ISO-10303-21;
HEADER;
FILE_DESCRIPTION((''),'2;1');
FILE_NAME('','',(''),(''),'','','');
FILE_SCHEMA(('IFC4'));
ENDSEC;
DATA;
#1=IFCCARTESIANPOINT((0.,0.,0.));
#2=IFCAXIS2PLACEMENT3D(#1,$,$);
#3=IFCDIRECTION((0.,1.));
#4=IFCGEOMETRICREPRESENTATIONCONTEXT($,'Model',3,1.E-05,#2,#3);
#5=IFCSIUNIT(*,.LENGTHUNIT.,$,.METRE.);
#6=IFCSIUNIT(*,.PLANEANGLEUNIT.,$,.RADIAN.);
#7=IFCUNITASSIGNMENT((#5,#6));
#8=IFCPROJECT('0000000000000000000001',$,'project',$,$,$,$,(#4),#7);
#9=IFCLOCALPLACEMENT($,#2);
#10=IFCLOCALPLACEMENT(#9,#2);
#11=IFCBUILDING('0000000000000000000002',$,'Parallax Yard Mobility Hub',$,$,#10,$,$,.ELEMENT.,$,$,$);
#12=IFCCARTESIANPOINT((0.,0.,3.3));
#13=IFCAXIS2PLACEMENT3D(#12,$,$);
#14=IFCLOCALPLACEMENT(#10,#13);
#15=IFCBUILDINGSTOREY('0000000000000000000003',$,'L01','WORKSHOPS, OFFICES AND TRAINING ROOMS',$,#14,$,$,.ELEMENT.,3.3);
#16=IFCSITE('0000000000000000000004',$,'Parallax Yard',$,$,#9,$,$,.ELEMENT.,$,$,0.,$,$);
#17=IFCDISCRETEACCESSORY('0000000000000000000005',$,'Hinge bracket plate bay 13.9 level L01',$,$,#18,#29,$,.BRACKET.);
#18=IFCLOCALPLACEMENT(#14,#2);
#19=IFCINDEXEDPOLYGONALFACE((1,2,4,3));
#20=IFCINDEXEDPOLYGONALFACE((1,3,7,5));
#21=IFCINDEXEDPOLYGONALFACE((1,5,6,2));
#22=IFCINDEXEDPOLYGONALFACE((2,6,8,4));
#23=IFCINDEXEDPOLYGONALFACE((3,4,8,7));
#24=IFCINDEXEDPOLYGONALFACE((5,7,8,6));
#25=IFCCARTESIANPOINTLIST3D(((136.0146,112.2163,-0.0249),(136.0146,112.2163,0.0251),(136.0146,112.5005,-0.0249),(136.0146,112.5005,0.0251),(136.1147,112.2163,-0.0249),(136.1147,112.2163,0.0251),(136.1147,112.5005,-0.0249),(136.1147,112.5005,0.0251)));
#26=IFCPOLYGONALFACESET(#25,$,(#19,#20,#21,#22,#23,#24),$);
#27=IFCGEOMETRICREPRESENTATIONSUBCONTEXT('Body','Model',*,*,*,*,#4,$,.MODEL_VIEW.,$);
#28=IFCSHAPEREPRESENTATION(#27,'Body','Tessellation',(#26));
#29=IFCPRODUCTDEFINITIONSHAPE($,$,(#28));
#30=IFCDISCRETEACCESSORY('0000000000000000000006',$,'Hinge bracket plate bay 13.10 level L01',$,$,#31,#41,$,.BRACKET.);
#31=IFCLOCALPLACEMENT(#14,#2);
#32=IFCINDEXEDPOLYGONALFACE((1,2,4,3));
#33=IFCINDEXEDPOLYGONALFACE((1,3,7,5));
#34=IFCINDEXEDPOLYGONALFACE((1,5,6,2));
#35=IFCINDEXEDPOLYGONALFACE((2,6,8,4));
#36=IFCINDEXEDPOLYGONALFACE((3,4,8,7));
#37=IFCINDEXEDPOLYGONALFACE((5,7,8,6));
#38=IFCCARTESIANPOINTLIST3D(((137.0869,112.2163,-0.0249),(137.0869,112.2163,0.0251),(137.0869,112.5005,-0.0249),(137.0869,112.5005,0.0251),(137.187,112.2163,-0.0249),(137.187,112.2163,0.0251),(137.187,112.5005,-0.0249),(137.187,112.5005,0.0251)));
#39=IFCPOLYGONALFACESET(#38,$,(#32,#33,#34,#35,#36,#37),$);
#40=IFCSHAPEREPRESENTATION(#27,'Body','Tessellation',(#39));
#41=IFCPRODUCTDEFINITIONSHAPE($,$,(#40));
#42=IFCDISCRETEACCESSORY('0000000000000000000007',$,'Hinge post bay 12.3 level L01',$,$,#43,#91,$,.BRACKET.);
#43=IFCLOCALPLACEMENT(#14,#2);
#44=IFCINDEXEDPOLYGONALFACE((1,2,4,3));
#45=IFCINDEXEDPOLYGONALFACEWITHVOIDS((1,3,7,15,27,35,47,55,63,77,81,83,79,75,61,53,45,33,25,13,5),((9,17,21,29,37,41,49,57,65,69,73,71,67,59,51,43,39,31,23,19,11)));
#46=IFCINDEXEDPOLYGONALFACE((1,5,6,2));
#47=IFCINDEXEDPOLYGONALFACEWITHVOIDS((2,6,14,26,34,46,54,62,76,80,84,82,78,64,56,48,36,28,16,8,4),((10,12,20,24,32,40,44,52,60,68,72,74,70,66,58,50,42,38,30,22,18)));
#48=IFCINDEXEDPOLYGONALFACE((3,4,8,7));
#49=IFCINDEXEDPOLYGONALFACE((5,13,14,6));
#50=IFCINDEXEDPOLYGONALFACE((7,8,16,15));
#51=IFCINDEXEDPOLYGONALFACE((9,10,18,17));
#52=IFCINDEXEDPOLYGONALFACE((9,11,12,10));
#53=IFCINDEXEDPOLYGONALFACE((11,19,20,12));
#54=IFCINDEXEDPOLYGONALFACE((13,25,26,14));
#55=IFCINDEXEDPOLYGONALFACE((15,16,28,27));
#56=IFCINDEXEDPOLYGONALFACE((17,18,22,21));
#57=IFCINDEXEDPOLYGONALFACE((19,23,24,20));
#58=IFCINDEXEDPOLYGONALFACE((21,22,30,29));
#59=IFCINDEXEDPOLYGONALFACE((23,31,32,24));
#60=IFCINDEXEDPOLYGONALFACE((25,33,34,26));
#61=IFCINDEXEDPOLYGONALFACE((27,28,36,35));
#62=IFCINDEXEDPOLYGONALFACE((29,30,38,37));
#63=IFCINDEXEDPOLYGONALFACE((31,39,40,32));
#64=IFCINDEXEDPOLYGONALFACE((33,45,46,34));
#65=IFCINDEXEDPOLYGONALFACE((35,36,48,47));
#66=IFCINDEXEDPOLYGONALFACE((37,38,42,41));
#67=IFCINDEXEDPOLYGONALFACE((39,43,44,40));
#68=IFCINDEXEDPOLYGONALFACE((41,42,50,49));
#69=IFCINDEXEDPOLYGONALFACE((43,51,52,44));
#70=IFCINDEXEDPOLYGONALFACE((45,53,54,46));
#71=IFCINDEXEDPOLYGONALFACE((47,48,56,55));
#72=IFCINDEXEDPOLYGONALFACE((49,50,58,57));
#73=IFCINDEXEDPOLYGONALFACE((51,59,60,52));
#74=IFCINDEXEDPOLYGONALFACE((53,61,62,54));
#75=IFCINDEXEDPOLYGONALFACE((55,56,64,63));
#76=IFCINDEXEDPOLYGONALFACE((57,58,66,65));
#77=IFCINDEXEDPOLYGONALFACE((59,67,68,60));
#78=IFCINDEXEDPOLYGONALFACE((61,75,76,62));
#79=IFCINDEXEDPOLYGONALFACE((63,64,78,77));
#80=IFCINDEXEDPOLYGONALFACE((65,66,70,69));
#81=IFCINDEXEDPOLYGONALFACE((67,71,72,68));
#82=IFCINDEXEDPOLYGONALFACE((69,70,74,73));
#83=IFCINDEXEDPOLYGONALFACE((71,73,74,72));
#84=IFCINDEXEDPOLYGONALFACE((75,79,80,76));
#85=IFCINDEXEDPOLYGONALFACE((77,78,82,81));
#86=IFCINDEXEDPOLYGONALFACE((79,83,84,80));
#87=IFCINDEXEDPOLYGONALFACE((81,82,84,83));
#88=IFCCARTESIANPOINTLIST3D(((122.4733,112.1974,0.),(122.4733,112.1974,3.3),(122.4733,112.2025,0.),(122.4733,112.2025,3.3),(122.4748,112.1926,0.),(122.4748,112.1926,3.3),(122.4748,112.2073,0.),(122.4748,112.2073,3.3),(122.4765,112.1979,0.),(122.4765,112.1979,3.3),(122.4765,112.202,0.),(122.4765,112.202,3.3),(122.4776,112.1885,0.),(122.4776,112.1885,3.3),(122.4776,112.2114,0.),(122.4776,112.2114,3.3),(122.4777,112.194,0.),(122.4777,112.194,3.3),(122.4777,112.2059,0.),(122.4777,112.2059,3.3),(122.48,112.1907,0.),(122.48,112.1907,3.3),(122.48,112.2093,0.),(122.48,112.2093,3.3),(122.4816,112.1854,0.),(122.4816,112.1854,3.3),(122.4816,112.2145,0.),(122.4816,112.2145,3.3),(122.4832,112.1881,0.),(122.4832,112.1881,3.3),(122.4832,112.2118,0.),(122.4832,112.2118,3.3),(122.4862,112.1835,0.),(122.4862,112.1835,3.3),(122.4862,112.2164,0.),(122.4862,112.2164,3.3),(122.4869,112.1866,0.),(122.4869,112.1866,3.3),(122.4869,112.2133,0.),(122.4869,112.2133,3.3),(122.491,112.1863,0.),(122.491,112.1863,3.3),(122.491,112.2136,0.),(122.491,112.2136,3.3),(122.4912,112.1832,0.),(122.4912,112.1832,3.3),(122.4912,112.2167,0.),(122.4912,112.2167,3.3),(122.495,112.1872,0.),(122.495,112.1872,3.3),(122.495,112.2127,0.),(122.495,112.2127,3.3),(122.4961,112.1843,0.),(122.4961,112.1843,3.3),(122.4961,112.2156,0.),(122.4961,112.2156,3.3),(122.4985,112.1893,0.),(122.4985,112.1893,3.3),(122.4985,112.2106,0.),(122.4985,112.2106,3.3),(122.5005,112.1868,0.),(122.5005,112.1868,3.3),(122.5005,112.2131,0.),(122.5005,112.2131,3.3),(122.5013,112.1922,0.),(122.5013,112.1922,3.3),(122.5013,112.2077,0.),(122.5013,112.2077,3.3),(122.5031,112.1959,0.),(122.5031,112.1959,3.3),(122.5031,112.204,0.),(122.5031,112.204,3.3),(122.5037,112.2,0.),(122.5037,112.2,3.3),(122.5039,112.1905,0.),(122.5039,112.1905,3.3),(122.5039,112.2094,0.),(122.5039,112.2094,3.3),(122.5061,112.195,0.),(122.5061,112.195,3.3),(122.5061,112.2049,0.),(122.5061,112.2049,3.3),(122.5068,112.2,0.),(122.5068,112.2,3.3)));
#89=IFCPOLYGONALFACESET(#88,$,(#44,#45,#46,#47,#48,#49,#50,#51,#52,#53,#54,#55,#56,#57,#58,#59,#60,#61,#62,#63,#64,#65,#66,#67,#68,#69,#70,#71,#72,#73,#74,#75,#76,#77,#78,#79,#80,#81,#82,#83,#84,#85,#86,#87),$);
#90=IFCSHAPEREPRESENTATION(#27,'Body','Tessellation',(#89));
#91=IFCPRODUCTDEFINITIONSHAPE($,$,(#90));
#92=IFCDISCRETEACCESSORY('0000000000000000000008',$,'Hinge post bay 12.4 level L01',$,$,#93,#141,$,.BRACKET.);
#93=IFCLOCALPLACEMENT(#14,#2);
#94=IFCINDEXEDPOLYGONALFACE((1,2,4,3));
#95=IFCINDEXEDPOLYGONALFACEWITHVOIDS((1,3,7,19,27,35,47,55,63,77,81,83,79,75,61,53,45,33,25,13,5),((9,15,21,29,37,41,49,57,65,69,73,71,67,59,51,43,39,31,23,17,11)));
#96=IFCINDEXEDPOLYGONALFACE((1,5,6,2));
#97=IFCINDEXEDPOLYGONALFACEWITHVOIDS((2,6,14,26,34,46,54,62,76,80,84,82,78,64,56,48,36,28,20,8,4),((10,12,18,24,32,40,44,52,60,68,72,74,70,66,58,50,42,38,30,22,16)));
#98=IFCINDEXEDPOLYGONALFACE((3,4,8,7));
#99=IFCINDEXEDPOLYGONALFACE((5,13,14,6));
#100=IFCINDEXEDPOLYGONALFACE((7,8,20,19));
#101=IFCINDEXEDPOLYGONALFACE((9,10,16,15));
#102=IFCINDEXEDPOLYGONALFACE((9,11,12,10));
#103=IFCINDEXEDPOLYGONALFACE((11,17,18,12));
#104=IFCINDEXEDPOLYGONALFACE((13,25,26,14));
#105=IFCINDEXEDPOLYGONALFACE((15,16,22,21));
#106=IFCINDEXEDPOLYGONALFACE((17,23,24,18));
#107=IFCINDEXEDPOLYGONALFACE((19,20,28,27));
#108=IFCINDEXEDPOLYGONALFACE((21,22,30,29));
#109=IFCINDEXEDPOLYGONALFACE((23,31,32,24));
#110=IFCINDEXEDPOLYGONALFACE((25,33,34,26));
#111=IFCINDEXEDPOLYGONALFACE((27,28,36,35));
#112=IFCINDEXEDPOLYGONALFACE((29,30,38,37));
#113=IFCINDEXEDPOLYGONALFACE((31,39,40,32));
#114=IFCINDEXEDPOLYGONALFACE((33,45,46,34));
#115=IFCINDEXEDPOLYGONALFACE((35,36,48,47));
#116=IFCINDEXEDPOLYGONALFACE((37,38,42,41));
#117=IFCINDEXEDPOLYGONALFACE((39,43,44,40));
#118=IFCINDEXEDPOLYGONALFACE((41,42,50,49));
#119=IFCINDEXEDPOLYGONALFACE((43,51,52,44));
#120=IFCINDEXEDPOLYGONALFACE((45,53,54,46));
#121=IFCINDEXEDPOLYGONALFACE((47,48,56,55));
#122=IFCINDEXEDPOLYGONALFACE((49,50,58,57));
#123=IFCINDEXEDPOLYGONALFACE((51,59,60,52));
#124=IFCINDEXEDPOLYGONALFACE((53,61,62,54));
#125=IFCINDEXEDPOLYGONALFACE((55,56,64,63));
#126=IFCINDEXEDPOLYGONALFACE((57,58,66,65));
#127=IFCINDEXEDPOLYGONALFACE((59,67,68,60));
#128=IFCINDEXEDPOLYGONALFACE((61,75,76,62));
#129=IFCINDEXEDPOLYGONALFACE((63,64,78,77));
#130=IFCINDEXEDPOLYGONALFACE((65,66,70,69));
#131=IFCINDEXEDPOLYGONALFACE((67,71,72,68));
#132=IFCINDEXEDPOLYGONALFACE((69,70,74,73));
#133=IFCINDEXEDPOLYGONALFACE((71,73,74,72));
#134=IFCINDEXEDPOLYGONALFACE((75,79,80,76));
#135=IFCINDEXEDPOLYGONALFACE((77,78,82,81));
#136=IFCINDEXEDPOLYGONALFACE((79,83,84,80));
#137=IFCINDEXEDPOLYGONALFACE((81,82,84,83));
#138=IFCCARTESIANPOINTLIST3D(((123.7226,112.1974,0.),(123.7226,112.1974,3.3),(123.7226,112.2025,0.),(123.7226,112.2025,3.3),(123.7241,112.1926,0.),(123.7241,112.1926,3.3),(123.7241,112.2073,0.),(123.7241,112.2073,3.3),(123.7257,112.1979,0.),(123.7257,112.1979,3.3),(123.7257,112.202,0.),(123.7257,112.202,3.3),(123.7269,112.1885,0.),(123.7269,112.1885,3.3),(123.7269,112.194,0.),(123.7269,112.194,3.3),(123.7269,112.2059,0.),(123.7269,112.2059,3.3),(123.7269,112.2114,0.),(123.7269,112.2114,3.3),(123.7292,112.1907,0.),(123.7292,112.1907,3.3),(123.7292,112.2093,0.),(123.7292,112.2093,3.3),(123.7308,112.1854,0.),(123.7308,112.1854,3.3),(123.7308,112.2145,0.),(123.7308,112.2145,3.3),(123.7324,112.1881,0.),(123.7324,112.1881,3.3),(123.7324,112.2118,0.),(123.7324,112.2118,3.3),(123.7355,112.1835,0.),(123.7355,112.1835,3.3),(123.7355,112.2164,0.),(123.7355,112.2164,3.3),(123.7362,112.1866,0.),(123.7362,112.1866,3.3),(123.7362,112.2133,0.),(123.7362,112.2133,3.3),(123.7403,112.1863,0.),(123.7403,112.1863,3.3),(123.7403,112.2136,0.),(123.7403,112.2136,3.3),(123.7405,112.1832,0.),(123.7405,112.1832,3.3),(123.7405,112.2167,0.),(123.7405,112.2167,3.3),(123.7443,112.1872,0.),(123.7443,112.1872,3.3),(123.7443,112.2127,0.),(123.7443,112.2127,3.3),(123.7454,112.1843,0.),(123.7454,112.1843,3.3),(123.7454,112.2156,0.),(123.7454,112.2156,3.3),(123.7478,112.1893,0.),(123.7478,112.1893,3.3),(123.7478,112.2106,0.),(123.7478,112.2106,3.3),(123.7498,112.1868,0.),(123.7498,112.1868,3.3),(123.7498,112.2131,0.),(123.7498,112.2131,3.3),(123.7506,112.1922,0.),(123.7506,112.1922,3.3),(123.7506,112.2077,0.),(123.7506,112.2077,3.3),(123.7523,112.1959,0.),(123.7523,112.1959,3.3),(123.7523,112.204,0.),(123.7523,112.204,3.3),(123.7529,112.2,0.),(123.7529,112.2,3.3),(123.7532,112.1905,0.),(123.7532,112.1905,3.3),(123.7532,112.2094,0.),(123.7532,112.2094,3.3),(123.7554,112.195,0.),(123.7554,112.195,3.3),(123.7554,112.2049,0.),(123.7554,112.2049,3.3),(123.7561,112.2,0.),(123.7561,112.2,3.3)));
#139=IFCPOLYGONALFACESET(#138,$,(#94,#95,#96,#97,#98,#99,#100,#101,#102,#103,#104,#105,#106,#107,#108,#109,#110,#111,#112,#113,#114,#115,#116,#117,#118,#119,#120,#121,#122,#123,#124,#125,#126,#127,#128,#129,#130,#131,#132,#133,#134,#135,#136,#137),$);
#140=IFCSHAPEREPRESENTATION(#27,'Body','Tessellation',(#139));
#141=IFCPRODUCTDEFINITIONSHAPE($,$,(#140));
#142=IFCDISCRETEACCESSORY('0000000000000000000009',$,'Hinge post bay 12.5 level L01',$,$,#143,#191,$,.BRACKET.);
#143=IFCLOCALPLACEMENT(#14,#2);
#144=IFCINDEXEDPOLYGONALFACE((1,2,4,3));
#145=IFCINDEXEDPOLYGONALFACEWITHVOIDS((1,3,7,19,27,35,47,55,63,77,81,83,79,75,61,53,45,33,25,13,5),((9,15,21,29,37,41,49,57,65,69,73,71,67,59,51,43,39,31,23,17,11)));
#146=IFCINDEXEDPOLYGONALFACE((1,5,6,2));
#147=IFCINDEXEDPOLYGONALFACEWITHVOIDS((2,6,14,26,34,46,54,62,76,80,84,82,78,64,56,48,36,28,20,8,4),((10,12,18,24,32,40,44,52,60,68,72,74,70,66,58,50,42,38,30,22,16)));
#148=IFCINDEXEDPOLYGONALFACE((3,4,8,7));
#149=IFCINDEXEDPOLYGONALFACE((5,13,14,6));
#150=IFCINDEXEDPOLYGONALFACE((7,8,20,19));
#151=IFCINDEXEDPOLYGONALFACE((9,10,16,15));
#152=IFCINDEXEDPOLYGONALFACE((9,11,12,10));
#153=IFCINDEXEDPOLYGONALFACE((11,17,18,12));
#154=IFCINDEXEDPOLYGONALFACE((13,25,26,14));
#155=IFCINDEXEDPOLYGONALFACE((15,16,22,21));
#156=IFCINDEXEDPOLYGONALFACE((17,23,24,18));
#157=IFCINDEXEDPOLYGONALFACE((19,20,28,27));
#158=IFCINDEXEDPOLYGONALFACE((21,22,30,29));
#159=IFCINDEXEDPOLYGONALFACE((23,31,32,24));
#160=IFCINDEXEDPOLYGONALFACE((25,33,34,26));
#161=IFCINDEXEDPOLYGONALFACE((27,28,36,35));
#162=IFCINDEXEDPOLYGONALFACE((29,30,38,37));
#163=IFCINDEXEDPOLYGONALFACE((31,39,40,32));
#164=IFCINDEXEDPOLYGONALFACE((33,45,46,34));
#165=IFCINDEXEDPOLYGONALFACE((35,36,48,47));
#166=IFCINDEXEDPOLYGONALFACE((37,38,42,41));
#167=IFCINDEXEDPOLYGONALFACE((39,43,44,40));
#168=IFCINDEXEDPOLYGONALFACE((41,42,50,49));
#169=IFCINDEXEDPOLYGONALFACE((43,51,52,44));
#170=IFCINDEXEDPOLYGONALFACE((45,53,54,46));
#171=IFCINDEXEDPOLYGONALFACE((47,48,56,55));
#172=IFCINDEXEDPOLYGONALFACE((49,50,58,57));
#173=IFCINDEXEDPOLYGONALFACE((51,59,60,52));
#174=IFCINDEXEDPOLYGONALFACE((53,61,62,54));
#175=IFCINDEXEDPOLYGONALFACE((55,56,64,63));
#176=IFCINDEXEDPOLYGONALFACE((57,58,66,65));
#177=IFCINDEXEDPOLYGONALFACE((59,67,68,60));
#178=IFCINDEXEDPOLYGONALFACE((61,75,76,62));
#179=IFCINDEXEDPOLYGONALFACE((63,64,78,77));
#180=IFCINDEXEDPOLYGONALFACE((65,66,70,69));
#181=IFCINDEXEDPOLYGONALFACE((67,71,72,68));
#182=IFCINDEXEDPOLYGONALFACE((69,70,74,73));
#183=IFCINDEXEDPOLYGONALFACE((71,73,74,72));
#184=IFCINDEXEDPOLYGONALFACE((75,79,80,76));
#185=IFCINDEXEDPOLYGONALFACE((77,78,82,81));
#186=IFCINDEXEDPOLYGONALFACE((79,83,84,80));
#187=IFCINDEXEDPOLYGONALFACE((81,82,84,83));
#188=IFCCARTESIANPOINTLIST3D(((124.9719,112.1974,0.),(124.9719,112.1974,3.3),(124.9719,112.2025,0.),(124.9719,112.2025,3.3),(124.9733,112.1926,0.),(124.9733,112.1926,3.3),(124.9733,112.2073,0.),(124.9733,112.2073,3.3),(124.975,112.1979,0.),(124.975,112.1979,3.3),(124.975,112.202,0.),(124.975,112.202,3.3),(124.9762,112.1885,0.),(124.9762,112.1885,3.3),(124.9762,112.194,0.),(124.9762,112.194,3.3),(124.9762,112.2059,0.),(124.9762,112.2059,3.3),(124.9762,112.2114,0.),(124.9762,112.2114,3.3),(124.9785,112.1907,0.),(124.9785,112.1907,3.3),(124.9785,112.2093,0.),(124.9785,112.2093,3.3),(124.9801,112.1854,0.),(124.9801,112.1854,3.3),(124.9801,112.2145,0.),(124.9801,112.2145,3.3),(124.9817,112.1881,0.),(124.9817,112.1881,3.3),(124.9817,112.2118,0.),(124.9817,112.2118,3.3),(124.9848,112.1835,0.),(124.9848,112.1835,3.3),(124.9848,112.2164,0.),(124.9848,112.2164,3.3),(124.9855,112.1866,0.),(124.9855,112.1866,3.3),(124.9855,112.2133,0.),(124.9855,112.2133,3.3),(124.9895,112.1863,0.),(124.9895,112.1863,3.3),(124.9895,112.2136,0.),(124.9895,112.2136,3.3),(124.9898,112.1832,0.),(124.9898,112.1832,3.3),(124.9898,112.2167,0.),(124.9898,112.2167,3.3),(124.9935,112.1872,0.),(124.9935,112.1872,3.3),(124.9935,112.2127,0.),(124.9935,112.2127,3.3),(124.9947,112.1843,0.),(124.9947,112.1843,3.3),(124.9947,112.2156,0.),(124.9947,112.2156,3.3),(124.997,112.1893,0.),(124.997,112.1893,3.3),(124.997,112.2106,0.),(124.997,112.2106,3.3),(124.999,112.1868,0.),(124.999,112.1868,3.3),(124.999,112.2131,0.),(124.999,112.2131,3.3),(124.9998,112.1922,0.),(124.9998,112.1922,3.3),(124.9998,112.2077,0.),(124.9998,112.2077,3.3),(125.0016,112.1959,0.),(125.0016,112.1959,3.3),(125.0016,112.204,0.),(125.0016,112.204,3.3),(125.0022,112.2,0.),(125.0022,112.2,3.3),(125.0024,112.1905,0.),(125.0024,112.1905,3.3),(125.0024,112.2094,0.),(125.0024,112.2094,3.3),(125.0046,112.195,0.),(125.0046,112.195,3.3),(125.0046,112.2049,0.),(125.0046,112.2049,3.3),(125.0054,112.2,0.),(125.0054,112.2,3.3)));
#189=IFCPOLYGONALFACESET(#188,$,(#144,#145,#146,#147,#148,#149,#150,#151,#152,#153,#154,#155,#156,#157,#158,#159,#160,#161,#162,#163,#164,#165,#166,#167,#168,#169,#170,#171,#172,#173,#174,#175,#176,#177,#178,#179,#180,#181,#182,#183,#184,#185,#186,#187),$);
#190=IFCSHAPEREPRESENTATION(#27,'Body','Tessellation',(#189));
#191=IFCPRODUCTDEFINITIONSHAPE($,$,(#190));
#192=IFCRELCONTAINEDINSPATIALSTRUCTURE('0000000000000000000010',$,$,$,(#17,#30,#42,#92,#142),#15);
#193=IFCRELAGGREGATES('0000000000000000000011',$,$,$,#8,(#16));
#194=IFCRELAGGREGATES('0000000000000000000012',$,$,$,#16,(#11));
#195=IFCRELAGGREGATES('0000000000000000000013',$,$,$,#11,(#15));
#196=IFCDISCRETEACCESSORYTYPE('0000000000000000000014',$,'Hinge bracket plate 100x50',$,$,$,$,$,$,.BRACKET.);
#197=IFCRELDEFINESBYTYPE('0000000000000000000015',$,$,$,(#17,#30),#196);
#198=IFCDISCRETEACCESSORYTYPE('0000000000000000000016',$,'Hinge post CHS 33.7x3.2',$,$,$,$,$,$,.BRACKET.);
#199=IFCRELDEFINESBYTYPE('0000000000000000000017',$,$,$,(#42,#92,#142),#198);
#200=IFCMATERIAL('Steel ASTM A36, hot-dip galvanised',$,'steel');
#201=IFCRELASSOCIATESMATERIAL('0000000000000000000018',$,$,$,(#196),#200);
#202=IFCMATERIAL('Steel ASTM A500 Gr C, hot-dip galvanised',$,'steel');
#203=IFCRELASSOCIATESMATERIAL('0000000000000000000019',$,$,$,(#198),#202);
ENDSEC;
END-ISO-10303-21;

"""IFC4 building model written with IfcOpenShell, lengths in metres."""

from ifc_helpers import new_model, si_unit, direction, frame, origin, origin_2d, place, context, subcontext, project, spatial, rectangle, hollow_circle, extrude, material, material_profile, profile_set, type_object, element, save


model = new_model("IFC4")

# Units and contexts
model_context = context("Model", 3, precision=1e-05, world=origin(), true_north=direction((0.0, 1.0)))
body_context = subcontext(model_context, "Body", "Model", "MODEL_VIEW")
ifc_project = project(units=[si_unit("LENGTHUNIT", "METRE"), si_unit("PLANEANGLEUNIT", "RADIAN")], contexts=[model_context])

# Site, building, storey
site_placement = place(None, origin())
site = spatial("IfcSite", under=ifc_project, at=site_placement, Name="Parallax Yard", CompositionType="ELEMENT", RefElevation=0.0)
building_placement = place(site_placement, origin())
building = spatial("IfcBuilding", under=site, at=building_placement, Name="Parallax Yard Mobility Hub", CompositionType="ELEMENT")
storey_placement = place(building_placement, frame((0.0, 0.0, 3.3)))
storey = spatial("IfcBuildingStorey", under=building, at=storey_placement, Name="L01", Description="WORKSHOPS, OFFICES AND TRAINING ROOMS", CompositionType="ELEMENT", Elevation=3.3)

# Discrete accessories
ifc_material_1 = material(Name="Steel ASTM A36, hot-dip galvanised", Category="steel")
discrete_accessory_type_1 = type_object("IfcDiscreteAccessoryType", Name="Hinge bracket plate 100x50", PredefinedType="BRACKET", material=ifc_material_1)
for number, where, z_axis, x_axis, name in (
    (1, (136.0647, 112.3584, -0.0249), (0.0, 0.0, 1.0), (0.0, -1.0, 0.0), "Hinge bracket plate bay 13.9 level L01"),
    (2, (137.137, 112.3584, -0.0249), (0.0, 0.0, 1.0), (0.0, -1.0, 0.0), "Hinge bracket plate bay 13.10 level L01"),
):
    element("IfcDiscreteAccessory", number, at=place(storey_placement, frame(where, z_axis=z_axis, x_axis=x_axis)), inside=storey, type_object=discrete_accessory_type_1, Name=name, PredefinedType="BRACKET", context=body_context, shape_type="SweptSolid", body=[
        extrude(rectangle(XDim=0.2842, YDim=0.1001, at=origin_2d()), origin(), (0.0, 0.0, 1.0), 0.05),
    ])
ifc_material_2 = material(Name="Steel ASTM A500 Gr C, hot-dip galvanised", Category="steel")
ifc_material_profile_1 = material_profile(ifc_material_2, hollow_circle(Radius=0.0168, WallThickness=0.0032, at=origin_2d()), Name="CHS 33.7x3.2")
ifc_profile_set_1 = profile_set([ifc_material_profile_1], Name="Steel ASTM A500 Gr C, hot-dip galvanised")
discrete_accessory_type_2 = type_object("IfcDiscreteAccessoryType", Name="Hinge post CHS 33.7x3.2", PredefinedType="BRACKET", material=ifc_profile_set_1)
for number, where, z_axis, x_axis, name in (
    (3, (122.49, 112.2, 0.0), (0.0, 0.0, 1.0), (1.0, 0.0, 0.0), "Hinge post bay 12.3 level L01"),
    (4, (123.7393, 112.2, 0.0), (0.0, 0.0, 1.0), (1.0, 0.0, 0.0), "Hinge post bay 12.4 level L01"),
    (5, (124.9885, 112.2, 0.0), (0.0, 0.0, 1.0), (1.0, 0.0, 0.0), "Hinge post bay 12.5 level L01"),
):
    element("IfcDiscreteAccessory", number, at=place(storey_placement, frame(where, z_axis=z_axis, x_axis=x_axis)), inside=storey, type_object=discrete_accessory_type_2, Name=name, PredefinedType="BRACKET", context=body_context, shape_type="SweptSolid", body=[
        extrude(hollow_circle(Radius=0.0168, WallThickness=0.0032, at=origin_2d()), origin(), (0.0, 0.0, 1.0), 3.3),
    ])

save(model, "model.ifc")
